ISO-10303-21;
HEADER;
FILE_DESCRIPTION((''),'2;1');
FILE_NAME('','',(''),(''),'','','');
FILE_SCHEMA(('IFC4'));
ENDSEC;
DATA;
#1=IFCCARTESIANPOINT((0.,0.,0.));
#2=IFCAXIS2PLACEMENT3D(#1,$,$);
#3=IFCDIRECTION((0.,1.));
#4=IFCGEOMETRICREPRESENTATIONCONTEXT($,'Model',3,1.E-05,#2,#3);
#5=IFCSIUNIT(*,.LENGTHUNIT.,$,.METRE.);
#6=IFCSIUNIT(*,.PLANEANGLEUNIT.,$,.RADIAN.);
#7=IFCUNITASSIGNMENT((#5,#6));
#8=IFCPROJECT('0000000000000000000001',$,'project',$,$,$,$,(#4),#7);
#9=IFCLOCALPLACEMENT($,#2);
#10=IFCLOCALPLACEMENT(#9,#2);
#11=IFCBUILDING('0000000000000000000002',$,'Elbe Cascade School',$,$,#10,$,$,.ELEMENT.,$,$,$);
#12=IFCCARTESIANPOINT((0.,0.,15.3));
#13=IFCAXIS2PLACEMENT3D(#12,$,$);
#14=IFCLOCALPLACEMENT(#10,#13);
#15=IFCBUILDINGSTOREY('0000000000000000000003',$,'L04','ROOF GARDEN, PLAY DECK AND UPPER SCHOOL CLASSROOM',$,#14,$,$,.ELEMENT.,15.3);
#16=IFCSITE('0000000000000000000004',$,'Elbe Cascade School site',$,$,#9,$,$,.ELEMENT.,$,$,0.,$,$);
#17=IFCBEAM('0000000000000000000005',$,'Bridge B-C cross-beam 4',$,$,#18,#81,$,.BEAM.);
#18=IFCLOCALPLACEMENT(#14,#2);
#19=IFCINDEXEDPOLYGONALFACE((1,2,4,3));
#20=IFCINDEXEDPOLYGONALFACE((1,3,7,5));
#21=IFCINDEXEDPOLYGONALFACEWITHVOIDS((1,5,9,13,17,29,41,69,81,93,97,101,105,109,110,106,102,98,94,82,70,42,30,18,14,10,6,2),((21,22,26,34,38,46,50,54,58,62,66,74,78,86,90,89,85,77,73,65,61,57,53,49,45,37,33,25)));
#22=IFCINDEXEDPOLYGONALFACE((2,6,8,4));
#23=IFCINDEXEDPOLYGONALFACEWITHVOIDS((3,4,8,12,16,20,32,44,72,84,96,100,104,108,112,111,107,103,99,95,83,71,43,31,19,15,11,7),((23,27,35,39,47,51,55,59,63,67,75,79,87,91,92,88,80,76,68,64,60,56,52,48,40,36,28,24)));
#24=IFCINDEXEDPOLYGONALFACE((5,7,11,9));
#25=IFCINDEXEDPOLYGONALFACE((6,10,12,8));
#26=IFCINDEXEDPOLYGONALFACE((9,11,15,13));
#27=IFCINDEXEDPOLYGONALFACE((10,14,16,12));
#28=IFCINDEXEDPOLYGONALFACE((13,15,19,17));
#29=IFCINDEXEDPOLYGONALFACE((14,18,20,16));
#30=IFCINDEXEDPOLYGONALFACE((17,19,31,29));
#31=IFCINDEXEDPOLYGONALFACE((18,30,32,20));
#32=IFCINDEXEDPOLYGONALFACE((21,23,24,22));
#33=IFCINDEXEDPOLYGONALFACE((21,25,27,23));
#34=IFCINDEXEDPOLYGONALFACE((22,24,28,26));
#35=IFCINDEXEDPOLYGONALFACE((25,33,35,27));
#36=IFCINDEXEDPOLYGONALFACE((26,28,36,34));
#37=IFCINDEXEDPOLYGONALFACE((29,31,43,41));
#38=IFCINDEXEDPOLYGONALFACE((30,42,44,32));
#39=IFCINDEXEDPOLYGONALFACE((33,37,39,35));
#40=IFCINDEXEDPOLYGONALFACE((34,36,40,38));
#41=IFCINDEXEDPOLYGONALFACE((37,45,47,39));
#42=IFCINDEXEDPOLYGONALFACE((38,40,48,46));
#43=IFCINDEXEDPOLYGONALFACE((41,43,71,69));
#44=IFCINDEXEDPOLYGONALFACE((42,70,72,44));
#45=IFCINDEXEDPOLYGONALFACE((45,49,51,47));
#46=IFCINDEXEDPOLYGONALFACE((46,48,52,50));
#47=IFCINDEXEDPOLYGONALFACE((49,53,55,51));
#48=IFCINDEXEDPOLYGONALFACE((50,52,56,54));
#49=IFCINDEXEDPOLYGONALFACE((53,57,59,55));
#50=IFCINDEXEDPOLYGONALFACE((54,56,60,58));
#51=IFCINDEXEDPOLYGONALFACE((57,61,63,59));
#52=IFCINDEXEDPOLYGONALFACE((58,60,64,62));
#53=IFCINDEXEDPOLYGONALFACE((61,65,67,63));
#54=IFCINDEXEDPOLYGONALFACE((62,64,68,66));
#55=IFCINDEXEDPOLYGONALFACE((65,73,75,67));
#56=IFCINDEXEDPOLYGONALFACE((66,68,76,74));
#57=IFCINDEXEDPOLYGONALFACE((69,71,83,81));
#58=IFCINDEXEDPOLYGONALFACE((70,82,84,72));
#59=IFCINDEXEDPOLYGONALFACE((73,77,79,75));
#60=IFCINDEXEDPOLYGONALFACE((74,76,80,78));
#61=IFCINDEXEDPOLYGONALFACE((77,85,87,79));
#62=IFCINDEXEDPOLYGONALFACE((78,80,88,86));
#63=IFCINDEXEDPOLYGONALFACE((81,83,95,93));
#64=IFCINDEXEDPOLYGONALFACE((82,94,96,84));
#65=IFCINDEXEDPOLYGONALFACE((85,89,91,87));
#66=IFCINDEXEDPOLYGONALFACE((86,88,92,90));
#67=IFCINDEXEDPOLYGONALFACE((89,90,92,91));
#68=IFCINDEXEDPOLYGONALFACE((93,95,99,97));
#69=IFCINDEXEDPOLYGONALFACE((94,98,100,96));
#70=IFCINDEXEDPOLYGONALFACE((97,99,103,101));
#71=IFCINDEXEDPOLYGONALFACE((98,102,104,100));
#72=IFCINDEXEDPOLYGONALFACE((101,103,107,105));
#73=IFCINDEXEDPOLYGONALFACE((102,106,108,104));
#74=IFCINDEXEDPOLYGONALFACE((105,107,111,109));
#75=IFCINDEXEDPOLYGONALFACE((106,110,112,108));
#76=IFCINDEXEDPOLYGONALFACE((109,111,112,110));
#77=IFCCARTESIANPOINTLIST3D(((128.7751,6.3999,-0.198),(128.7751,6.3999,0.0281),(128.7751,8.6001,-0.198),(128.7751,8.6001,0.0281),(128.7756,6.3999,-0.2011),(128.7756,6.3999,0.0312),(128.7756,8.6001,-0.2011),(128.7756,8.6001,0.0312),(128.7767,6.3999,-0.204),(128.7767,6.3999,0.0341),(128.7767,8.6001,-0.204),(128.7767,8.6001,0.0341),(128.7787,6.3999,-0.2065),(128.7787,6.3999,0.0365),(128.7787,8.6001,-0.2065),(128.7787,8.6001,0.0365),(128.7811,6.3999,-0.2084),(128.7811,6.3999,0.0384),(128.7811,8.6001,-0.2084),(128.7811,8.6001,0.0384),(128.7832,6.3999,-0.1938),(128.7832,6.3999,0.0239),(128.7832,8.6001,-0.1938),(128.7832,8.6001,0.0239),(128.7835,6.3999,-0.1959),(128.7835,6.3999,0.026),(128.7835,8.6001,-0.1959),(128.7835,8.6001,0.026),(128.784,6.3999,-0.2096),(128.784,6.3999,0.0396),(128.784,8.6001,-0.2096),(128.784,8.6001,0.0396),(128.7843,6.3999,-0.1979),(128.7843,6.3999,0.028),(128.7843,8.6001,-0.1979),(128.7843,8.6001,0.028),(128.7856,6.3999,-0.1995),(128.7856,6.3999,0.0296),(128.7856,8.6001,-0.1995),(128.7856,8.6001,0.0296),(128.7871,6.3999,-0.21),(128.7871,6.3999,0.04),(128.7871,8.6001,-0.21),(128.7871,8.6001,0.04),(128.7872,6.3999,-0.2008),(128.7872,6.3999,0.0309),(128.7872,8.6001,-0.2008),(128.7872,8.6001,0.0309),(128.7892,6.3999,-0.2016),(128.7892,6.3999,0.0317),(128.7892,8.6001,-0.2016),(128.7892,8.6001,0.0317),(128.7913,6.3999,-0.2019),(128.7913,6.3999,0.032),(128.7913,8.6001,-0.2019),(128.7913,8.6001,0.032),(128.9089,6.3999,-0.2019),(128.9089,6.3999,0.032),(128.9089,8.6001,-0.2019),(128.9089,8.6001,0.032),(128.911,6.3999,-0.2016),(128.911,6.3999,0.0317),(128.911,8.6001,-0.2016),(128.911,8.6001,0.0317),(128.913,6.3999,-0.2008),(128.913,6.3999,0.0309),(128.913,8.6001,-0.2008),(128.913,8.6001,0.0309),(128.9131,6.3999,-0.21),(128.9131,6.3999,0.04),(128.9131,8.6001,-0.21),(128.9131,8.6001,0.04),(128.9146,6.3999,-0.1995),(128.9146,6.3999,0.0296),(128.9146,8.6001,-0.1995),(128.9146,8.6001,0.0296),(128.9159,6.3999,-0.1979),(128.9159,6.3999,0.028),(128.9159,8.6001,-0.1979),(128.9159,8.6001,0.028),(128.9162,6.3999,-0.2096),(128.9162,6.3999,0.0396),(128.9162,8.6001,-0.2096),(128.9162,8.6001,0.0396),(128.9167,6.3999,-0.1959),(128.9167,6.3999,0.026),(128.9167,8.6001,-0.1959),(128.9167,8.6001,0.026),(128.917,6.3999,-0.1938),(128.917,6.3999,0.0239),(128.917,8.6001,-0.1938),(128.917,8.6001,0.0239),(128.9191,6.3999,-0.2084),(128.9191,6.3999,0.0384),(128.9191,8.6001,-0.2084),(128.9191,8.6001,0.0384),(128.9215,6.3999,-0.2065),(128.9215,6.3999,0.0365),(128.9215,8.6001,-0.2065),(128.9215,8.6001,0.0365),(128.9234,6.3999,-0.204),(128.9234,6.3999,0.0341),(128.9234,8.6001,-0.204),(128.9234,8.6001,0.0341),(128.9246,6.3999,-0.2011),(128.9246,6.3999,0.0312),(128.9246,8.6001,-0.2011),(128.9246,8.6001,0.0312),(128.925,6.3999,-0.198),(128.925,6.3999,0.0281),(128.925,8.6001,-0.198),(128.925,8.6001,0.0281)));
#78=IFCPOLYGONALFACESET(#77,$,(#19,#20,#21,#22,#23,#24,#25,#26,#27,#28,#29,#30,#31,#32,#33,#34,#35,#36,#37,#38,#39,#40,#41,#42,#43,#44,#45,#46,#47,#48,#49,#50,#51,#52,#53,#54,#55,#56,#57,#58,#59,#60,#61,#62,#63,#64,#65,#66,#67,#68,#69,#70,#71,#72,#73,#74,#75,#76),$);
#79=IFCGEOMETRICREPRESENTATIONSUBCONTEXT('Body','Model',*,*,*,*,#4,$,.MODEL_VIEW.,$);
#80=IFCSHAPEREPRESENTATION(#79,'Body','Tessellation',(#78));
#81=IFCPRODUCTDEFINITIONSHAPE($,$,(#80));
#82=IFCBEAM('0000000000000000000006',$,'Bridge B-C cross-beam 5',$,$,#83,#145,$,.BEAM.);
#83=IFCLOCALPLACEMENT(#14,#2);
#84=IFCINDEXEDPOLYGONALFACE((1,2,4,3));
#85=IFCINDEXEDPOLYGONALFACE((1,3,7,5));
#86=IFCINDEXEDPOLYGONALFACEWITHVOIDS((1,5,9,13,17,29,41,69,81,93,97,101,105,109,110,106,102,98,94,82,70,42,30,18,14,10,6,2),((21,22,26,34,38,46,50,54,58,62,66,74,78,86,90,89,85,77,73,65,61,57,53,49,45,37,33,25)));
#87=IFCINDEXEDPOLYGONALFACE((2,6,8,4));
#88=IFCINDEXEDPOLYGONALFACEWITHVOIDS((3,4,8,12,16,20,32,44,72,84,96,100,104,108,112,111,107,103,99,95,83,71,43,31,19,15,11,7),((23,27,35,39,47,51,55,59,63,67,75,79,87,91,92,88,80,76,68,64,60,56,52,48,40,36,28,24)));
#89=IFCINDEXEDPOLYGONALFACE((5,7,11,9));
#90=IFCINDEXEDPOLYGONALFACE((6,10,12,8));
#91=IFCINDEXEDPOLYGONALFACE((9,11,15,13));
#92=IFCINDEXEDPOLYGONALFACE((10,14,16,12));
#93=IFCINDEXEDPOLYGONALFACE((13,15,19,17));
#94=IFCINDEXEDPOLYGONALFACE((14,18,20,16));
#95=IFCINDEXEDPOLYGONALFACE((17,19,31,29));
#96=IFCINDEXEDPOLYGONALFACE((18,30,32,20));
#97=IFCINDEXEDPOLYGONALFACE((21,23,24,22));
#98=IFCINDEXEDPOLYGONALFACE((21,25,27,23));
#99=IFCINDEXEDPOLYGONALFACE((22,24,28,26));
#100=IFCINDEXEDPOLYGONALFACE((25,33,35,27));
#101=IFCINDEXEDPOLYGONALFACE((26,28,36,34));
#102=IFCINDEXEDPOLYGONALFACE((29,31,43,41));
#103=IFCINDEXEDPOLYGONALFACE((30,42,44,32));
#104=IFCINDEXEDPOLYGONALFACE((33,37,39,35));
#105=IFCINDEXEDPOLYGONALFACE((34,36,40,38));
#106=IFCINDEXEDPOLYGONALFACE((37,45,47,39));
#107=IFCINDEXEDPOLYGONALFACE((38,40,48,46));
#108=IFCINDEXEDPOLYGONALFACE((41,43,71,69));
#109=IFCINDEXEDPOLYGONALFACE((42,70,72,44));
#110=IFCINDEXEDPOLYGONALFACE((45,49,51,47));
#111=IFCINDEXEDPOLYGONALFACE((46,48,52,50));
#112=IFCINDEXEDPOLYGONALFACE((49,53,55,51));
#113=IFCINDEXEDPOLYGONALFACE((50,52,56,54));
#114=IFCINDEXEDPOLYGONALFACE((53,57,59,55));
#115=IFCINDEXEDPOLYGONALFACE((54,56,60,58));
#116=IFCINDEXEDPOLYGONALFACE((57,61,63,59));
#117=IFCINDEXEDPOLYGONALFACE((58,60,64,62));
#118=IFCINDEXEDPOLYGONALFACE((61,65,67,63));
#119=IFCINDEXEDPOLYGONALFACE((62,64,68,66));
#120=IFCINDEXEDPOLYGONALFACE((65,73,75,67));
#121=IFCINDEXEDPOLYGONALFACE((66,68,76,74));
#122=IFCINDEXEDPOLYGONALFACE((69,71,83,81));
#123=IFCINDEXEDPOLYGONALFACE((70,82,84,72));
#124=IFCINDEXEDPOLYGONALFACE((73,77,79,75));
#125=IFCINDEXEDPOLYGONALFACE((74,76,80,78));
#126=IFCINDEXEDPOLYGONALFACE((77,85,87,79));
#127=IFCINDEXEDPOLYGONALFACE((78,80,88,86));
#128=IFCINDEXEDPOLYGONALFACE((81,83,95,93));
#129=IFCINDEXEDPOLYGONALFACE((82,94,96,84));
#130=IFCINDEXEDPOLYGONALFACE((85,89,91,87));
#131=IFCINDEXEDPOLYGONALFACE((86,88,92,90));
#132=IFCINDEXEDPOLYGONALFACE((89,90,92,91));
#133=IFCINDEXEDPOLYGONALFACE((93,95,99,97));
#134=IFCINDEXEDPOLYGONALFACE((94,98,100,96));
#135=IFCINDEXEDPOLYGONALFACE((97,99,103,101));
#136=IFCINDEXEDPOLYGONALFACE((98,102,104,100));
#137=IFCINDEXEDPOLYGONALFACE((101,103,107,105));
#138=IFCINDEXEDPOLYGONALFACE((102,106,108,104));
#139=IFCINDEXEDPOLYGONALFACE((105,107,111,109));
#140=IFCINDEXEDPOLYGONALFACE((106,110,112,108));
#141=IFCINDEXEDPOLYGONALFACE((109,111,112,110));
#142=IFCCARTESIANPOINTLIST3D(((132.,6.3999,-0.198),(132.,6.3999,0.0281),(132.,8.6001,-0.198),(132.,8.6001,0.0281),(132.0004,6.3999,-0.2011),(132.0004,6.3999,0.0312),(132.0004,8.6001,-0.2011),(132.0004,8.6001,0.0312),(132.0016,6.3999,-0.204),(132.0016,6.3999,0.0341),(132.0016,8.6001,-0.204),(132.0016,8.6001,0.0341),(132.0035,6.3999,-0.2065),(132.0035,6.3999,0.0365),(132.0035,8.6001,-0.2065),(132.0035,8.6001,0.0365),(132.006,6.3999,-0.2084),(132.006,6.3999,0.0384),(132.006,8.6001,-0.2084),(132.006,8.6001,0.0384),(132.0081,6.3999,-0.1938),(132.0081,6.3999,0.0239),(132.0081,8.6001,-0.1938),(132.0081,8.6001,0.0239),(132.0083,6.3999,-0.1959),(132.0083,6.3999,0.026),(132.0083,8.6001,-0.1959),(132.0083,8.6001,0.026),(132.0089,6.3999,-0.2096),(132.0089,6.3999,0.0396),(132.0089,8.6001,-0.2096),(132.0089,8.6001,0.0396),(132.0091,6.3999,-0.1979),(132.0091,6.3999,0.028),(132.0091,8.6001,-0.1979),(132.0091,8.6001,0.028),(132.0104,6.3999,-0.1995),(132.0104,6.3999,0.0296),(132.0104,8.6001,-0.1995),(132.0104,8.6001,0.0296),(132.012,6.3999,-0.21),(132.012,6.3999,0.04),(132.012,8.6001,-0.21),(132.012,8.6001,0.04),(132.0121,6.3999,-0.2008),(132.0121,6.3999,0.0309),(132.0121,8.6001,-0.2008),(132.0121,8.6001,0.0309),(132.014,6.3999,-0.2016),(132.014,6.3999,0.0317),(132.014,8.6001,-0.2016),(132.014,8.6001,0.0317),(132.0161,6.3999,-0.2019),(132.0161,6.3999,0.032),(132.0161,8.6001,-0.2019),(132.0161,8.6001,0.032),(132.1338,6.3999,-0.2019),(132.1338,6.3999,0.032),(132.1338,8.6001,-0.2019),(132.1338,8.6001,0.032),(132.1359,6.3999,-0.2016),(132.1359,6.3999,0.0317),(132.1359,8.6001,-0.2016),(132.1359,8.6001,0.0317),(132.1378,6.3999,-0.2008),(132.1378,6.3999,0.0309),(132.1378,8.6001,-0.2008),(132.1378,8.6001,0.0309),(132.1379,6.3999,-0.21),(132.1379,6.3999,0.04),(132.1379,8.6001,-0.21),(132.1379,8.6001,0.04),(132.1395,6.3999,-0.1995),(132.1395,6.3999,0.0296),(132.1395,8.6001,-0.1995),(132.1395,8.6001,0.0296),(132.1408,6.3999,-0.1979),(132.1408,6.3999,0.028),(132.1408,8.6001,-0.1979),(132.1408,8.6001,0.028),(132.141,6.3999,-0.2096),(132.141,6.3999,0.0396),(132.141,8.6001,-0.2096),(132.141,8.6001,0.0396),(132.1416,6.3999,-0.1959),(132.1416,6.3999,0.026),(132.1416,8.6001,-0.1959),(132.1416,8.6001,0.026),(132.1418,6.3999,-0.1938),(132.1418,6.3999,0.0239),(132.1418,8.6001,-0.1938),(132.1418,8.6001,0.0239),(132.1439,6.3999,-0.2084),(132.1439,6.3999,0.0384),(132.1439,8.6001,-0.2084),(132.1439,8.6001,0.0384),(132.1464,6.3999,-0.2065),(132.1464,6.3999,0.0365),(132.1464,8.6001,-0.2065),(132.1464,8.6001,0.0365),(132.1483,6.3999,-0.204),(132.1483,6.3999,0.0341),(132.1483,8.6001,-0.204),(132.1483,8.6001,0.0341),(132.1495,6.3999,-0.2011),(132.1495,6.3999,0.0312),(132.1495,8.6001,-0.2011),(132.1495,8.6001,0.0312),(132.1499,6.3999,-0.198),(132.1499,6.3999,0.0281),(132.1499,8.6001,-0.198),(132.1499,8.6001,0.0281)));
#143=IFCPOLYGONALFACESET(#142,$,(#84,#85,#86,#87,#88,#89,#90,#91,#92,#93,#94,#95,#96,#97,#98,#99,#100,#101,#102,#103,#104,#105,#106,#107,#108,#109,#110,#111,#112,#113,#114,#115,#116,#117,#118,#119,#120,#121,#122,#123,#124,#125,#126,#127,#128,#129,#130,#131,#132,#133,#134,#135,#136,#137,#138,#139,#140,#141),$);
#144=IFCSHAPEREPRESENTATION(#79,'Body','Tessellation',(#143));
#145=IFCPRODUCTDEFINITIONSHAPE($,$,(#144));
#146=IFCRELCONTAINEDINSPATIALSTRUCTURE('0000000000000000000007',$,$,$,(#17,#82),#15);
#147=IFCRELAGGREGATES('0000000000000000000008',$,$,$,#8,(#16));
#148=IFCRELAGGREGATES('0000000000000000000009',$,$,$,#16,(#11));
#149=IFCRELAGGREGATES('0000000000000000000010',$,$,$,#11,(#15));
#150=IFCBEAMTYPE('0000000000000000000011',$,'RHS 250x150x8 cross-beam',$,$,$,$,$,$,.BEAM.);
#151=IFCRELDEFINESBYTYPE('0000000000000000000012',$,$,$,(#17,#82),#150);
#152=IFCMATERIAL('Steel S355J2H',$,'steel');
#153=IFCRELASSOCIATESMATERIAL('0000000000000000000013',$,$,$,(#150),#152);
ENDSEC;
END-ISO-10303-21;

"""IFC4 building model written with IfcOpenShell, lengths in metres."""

from ifc_helpers import new_model, si_unit, direction, frame, origin, origin_2d, place, context, subcontext, project, spatial, hollow_rectangle, extrude, material, material_profile, profile_set, type_object, element, save


model = new_model("IFC4")

# Units and contexts
model_context = context("Model", 3, precision=1e-05, world=origin(), true_north=direction((0.0, 1.0)))
body_context = subcontext(model_context, "Body", "Model", "MODEL_VIEW")
ifc_project = project(units=[si_unit("LENGTHUNIT", "METRE"), si_unit("PLANEANGLEUNIT", "RADIAN")], contexts=[model_context])

# Site, building, storey
site_placement = place(None, origin())
site = spatial("IfcSite", under=ifc_project, at=site_placement, Name="Elbe Cascade School site", CompositionType="ELEMENT", RefElevation=0.0)
building_placement = place(site_placement, origin())
building = spatial("IfcBuilding", under=site, at=building_placement, Name="Elbe Cascade School", CompositionType="ELEMENT")
storey_placement = place(building_placement, frame((0.0, 0.0, 15.3)))
storey = spatial("IfcBuildingStorey", under=building, at=storey_placement, Name="L04", Description="ROOF GARDEN, PLAY DECK AND UPPER SCHOOL CLASSROOM", CompositionType="ELEMENT", Elevation=15.3)

# Beams
ifc_material_1 = material(Name="Steel S355J2H", Category="steel")
ifc_material_profile_1 = material_profile(ifc_material_1, hollow_rectangle(XDim=0.1499, YDim=0.25, WallThickness=0.0081, InnerFilletRadius=0.0081, OuterFilletRadius=0.012, at=origin_2d()), Name="RHS 250x150x8")
ifc_profile_set_1 = profile_set([ifc_material_profile_1], Name="Steel S355J2H")
beam_type_1 = type_object("IfcBeamType", Name="RHS 250x150x8 cross-beam", PredefinedType="BEAM", material=ifc_profile_set_1)
for number, where, z_axis, x_axis, name in (
    (1, (128.8501, 6.3999, -0.085), (0.0, 1.0, 0.0), (-1.0, 0.0, 0.0), "Bridge B-C cross-beam 4"),
    (2, (132.075, 6.3999, -0.085), (0.0, 1.0, 0.0), (-1.0, 0.0, 0.0), "Bridge B-C cross-beam 5"),
):
    element("IfcBeam", number, at=place(storey_placement, frame(where, z_axis=z_axis, x_axis=x_axis)), inside=storey, type_object=beam_type_1, Name=name, PredefinedType="BEAM", context=body_context, shape_type="SweptSolid", body=[
        extrude(hollow_rectangle(XDim=0.1499, YDim=0.25, WallThickness=0.0081, InnerFilletRadius=0.0081, OuterFilletRadius=0.012, at=origin_2d()), origin(), (0.0, 0.0, 1.0), 2.2002),
    ])

save(model, "model.ifc")
